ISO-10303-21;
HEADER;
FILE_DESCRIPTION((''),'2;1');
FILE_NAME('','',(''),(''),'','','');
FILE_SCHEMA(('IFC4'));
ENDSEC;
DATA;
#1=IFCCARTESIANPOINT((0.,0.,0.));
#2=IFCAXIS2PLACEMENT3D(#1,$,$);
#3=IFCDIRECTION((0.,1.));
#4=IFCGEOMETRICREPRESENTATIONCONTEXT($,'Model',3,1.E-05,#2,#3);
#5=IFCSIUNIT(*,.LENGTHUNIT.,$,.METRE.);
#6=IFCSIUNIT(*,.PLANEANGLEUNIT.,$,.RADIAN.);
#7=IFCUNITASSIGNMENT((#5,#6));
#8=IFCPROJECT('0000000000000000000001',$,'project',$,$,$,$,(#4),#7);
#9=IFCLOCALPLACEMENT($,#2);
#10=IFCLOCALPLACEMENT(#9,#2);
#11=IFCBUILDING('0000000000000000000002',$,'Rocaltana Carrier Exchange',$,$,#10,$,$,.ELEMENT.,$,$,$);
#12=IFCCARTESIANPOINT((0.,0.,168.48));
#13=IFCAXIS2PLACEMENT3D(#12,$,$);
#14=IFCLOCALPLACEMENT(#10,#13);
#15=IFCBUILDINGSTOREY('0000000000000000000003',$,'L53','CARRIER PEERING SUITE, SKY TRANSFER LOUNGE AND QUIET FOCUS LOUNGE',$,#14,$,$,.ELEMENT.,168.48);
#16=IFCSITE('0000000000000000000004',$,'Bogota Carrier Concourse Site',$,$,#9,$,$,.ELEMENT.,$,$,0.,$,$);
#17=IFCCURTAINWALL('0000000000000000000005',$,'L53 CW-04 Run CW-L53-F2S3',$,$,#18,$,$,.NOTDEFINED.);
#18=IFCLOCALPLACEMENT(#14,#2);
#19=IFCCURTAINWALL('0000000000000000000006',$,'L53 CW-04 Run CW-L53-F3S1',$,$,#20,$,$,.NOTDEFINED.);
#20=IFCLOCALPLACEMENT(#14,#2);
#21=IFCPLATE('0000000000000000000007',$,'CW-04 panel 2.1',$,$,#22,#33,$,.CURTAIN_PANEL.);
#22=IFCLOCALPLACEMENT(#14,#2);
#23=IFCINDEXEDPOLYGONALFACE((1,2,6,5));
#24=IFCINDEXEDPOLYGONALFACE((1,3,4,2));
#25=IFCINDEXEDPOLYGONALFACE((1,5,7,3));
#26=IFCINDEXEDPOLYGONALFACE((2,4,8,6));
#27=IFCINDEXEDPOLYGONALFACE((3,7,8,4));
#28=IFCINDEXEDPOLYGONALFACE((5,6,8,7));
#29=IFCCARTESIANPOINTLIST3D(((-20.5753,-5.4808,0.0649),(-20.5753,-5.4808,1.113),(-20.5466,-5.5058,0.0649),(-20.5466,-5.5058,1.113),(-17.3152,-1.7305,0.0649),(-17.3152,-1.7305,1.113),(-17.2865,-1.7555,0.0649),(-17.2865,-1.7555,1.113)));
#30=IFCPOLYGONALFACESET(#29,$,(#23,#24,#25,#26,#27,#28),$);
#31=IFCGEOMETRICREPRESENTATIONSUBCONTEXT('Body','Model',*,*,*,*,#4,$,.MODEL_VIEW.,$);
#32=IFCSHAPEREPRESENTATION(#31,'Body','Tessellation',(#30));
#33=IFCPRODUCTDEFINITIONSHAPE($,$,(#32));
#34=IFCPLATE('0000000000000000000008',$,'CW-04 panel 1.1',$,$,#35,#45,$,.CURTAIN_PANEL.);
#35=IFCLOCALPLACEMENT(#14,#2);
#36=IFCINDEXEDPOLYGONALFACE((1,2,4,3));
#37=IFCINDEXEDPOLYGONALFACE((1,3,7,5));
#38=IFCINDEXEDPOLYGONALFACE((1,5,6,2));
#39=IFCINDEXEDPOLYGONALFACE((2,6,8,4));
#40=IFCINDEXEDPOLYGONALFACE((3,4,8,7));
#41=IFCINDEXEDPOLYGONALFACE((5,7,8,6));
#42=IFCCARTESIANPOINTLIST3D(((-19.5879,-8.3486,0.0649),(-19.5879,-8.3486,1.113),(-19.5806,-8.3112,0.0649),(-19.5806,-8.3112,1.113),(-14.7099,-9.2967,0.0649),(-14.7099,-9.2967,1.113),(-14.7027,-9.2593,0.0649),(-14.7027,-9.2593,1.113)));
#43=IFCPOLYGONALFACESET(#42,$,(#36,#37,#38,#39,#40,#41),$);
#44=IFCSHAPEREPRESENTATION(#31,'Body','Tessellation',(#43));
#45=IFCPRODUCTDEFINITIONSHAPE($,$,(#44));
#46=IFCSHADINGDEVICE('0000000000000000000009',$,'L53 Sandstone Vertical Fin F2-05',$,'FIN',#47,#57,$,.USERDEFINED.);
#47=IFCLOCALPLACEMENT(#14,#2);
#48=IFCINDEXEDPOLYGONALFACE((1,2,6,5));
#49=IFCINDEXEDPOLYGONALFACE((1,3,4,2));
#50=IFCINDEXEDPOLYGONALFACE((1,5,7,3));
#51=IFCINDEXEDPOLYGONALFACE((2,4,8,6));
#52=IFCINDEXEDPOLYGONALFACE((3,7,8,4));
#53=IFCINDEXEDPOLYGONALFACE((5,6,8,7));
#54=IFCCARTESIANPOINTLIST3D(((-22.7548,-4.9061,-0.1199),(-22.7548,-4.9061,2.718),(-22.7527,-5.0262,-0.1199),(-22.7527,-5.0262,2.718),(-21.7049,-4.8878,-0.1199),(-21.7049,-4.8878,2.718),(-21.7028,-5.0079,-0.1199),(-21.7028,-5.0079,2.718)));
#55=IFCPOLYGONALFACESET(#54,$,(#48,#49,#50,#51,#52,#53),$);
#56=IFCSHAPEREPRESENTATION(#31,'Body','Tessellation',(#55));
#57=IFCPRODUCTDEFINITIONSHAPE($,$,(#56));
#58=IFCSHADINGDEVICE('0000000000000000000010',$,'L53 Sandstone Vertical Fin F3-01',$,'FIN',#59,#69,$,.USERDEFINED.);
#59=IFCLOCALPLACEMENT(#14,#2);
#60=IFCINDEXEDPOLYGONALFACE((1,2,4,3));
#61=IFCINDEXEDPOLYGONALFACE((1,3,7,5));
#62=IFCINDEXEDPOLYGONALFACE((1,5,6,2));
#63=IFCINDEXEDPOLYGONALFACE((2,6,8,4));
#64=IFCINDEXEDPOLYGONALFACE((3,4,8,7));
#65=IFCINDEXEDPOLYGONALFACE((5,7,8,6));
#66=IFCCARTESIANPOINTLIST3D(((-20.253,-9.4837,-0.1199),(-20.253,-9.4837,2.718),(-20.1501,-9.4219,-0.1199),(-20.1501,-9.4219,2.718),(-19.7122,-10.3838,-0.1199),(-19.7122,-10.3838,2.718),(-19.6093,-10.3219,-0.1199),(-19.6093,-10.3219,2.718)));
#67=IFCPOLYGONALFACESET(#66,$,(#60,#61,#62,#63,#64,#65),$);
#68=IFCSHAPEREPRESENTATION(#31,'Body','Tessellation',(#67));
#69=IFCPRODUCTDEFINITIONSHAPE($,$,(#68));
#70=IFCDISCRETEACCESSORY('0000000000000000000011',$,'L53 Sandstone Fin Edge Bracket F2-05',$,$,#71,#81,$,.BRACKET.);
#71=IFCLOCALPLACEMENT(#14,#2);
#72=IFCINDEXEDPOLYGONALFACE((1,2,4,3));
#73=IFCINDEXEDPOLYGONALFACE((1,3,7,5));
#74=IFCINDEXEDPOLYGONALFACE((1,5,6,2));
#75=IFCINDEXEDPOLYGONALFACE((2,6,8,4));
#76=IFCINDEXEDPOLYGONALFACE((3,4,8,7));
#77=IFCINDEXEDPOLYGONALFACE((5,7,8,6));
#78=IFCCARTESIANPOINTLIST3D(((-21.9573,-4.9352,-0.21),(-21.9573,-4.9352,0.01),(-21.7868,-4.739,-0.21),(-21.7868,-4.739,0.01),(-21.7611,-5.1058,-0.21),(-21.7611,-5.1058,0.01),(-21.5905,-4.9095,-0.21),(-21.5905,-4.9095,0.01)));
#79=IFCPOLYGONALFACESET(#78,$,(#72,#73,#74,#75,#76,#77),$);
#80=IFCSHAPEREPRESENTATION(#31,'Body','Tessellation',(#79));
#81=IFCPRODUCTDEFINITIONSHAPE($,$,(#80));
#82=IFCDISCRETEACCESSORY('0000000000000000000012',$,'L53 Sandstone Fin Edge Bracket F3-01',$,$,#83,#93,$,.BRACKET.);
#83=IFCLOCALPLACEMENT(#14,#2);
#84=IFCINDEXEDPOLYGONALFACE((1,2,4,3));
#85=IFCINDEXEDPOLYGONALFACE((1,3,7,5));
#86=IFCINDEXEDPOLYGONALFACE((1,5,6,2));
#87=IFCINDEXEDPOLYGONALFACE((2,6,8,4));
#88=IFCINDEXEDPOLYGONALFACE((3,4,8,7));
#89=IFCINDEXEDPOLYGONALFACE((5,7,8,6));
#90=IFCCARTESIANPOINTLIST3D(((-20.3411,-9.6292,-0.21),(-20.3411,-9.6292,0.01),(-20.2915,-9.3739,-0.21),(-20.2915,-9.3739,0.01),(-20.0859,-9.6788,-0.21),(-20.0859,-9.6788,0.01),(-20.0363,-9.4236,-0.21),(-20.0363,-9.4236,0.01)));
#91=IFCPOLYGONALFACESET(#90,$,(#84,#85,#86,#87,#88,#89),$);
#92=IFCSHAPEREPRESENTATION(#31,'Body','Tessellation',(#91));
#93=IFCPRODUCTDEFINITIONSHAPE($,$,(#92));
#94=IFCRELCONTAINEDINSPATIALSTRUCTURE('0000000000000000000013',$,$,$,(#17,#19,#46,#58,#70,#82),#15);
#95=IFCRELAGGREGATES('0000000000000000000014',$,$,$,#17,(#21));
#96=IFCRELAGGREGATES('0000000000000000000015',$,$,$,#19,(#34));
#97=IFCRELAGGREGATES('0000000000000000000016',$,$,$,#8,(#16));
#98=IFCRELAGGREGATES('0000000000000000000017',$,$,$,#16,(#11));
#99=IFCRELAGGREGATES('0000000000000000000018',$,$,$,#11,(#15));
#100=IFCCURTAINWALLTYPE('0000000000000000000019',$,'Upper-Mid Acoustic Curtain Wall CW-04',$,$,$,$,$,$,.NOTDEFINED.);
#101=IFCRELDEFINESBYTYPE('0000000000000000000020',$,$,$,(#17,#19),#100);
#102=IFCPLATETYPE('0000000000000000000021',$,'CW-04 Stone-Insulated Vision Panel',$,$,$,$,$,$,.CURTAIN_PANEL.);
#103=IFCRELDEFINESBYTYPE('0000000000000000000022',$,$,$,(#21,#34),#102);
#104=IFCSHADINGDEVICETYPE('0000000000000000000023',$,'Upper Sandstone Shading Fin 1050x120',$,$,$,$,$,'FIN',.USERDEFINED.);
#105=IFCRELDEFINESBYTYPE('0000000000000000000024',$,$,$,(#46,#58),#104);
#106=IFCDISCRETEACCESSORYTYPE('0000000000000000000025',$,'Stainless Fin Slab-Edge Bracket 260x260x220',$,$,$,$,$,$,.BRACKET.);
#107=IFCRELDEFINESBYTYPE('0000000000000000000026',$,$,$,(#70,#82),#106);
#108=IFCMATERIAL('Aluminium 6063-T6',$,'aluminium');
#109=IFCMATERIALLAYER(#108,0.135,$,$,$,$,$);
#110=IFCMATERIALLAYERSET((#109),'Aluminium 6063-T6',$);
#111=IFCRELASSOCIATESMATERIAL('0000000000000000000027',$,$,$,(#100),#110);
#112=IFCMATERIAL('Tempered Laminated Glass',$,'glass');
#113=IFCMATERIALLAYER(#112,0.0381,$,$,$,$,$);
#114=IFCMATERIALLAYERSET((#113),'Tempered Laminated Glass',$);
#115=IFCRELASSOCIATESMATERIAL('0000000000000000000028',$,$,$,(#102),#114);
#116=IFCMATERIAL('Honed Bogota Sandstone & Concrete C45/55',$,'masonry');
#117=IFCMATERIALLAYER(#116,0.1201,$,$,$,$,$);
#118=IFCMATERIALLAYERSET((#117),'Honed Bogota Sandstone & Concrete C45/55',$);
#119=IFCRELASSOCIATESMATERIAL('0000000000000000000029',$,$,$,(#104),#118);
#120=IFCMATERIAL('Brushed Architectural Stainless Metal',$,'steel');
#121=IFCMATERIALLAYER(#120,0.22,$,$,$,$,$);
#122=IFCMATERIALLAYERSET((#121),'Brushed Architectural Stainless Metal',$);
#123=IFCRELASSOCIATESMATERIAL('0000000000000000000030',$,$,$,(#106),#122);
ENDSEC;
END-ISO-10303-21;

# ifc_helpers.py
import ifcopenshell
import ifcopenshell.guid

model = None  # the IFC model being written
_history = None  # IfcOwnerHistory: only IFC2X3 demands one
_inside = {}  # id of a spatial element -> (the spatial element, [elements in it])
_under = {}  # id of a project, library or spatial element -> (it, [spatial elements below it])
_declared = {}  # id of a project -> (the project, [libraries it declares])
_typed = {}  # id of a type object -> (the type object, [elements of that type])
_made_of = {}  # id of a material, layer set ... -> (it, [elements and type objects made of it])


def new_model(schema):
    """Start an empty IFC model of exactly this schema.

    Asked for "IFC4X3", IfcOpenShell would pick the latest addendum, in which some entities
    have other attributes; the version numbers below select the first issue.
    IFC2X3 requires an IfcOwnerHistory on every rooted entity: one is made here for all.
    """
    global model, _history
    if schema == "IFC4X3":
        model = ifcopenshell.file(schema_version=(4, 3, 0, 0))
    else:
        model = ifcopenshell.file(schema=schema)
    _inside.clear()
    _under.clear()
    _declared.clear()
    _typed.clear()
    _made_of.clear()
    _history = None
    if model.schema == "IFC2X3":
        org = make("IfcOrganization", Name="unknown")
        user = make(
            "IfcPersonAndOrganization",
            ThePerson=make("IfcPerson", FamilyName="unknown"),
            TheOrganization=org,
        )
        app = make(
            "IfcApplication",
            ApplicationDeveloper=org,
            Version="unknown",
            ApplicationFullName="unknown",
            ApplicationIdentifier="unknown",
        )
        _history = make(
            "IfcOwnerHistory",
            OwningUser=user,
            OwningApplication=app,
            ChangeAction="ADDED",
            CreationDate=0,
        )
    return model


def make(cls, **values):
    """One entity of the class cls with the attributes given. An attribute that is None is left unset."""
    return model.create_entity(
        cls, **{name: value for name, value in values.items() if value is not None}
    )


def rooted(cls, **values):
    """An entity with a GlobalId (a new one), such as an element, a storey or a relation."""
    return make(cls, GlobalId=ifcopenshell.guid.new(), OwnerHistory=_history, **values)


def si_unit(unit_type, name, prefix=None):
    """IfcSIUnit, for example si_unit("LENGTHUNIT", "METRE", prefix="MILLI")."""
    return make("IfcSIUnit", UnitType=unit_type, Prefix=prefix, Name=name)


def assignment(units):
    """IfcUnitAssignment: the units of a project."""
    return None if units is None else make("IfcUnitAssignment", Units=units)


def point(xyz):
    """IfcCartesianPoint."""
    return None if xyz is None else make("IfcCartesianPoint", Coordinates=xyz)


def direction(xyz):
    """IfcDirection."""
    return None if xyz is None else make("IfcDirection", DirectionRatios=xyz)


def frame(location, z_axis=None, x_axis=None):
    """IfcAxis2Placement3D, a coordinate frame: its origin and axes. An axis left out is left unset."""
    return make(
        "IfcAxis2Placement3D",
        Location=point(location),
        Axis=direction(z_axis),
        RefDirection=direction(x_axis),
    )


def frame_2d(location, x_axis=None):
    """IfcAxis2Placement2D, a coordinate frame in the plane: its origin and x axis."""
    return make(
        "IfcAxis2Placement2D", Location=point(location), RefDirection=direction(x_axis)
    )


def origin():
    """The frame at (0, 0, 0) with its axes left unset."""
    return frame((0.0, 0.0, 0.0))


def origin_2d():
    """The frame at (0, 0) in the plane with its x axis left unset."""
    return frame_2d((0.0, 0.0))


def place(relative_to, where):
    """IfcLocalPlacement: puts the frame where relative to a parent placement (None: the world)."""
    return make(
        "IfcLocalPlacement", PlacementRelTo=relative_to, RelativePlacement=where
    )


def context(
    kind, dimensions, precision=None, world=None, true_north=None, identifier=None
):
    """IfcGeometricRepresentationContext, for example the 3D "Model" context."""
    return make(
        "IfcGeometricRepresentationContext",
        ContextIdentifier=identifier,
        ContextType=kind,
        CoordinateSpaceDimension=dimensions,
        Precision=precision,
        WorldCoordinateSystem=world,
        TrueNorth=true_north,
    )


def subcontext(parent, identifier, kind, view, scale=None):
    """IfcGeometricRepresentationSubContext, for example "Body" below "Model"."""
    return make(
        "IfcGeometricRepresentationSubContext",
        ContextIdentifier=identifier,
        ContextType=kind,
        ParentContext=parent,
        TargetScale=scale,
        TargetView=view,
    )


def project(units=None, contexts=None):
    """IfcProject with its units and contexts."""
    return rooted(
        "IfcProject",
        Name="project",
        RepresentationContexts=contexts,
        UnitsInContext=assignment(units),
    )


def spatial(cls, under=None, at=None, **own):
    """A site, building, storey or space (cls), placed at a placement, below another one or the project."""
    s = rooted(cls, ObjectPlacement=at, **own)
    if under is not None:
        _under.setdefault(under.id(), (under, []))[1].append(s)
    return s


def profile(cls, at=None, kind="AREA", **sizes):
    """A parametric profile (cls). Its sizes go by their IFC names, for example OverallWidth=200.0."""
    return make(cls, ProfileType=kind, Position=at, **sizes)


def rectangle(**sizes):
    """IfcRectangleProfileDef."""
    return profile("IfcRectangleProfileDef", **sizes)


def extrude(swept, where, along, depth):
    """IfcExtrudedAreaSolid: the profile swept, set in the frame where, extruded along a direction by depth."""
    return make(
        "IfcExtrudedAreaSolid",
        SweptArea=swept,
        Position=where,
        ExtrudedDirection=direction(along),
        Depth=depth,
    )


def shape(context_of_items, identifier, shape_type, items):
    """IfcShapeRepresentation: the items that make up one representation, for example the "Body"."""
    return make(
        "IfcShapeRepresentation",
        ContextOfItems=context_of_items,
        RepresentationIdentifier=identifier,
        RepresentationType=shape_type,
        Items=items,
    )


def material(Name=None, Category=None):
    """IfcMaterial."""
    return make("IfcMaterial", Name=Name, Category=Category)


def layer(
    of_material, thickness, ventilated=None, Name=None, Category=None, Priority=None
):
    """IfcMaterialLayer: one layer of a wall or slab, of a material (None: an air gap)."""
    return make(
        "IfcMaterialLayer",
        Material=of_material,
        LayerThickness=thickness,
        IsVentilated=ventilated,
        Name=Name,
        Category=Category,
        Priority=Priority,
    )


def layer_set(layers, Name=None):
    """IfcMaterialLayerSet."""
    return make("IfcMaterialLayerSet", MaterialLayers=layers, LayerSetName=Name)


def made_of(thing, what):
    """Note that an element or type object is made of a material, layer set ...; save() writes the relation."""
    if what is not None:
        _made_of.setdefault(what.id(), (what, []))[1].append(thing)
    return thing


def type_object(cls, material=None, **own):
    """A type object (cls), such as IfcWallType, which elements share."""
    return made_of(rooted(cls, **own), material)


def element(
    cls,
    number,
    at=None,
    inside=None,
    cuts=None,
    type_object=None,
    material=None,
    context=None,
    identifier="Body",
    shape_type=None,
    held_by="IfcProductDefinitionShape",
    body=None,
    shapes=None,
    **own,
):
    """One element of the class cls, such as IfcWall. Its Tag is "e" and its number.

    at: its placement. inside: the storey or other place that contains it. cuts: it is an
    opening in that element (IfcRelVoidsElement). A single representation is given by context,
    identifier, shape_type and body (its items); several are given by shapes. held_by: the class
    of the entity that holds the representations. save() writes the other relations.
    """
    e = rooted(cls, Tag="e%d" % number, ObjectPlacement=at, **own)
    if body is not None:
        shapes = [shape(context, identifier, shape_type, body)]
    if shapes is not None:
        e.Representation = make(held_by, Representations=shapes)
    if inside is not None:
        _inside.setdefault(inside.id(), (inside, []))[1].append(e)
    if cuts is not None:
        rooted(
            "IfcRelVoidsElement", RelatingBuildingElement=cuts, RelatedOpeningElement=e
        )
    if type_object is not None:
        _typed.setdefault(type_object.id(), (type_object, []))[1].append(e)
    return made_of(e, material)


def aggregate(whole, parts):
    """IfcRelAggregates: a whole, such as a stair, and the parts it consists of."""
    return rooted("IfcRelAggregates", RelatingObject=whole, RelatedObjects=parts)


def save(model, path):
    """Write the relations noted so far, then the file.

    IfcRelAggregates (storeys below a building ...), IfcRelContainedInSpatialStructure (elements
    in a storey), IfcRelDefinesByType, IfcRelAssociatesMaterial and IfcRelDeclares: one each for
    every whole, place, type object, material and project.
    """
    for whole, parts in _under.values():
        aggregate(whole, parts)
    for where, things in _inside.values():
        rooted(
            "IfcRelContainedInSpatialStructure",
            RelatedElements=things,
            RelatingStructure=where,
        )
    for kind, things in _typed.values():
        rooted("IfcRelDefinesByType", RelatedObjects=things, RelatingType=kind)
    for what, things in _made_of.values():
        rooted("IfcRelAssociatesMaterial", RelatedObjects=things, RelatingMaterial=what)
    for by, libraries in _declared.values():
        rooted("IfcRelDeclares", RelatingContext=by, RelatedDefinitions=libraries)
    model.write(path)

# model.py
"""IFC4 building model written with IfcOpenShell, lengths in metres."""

from ifc_helpers import new_model, si_unit, direction, frame, origin, origin_2d, place, context, subcontext, project, spatial, rectangle, extrude, material, layer, layer_set, type_object, element, aggregate, save


model = new_model("IFC4")

# Units and contexts
model_context = context("Model", 3, precision=1e-05, world=origin(), true_north=direction((0.0, 1.0)))
body_context = subcontext(model_context, "Body", "Model", "MODEL_VIEW")
ifc_project = project(units=[si_unit("LENGTHUNIT", "METRE"), si_unit("PLANEANGLEUNIT", "RADIAN")], contexts=[model_context])

# Site, building, storey
site_placement = place(None, origin())
site = spatial("IfcSite", under=ifc_project, at=site_placement, Name="Bogota Carrier Concourse Site", CompositionType="ELEMENT", RefElevation=0.0)
building_placement = place(site_placement, origin())
building = spatial("IfcBuilding", under=site, at=building_placement, Name="Rocaltana Carrier Exchange", CompositionType="ELEMENT")
storey_placement = place(building_placement, frame((0.0, 0.0, 168.48)))
storey = spatial("IfcBuildingStorey", under=building, at=storey_placement, Name="L53", Description="CARRIER PEERING SUITE, SKY TRANSFER LOUNGE AND QUIET FOCUS LOUNGE", CompositionType="ELEMENT", Elevation=168.48)

# Curtain wall
ifc_material_1 = material(Name="Aluminium 6063-T6", Category="aluminium")
ifc_layer_1 = layer(ifc_material_1, 0.135)
ifc_layer_set_1 = layer_set([ifc_layer_1], Name="Aluminium 6063-T6")
curtain_wall_type = type_object("IfcCurtainWallType", Name="Upper-Mid Acoustic Curtain Wall CW-04", PredefinedType="NOTDEFINED", material=ifc_layer_set_1)
curtain_wall_1_placement = place(storey_placement, origin())
curtain_wall_1 = element("IfcCurtainWall", 1, at=curtain_wall_1_placement, inside=storey, type_object=curtain_wall_type, Name="L53 CW-04 Run CW-L53-F2S3", PredefinedType="NOTDEFINED")

# Curtain wall
curtain_wall_2_placement = place(storey_placement, origin())
curtain_wall_2 = element("IfcCurtainWall", 2, at=curtain_wall_2_placement, inside=storey, type_object=curtain_wall_type, Name="L53 CW-04 Run CW-L53-F3S1", PredefinedType="NOTDEFINED")

# Plates
ifc_material_2 = material(Name="Tempered Laminated Glass", Category="glass")
ifc_layer_2 = layer(ifc_material_2, 0.0381)
ifc_layer_set_2 = layer_set([ifc_layer_2], Name="Tempered Laminated Glass")
plate_type = type_object("IfcPlateType", Name="CW-04 Stone-Insulated Vision Panel", PredefinedType="CURTAIN_PANEL", material=ifc_layer_set_2)
plate_1_placement = place(storey_placement, frame((-18.9309, -3.6182, 0.0649), z_axis=(0.0, 0.0, 1.0), x_axis=(-0.656057, -0.754712, 0.0)))
plate_1 = element("IfcPlate", 3, at=plate_1_placement, type_object=plate_type, Name="CW-04 panel 2.1", PredefinedType="CURTAIN_PANEL", context=body_context, shape_type="SweptSolid", body=[
    extrude(rectangle(XDim=4.9692, YDim=0.0381, at=origin_2d()), origin(), (0.0, 0.0, 1.0), 1.0481),
])
aggregate(curtain_wall_1, [plate_1])
plate_2_placement = place(storey_placement, frame((-17.1453, -8.804, 0.0649), z_axis=(0.0, 0.0, 1.0), x_axis=(0.981628, -0.190803, 0.0)))
plate_2 = element("IfcPlate", 4, at=plate_2_placement, type_object=plate_type, Name="CW-04 panel 1.1", PredefinedType="CURTAIN_PANEL", context=body_context, shape_type="SweptSolid", body=[
    extrude(rectangle(XDim=4.9692, YDim=0.0381, at=origin_2d()), origin(), (0.0, 0.0, 1.0), 1.0481),
])
aggregate(curtain_wall_2, [plate_2])

# Shading devices
ifc_material_3 = material(Name="Honed Bogota Sandstone & Concrete C45/55", Category="masonry")
ifc_layer_3 = layer(ifc_material_3, 0.1201)
ifc_layer_set_3 = layer_set([ifc_layer_3], Name="Honed Bogota Sandstone & Concrete C45/55")
shading_device_type = type_object("IfcShadingDeviceType", Name="Upper Sandstone Shading Fin 1050x120", ElementType="FIN", PredefinedType="USERDEFINED", material=ifc_layer_set_3)
for number, where, z_axis, x_axis, name in (
    (5, (-22.2288, -4.957, -0.1199), (0.0, 0.0, 1.0), (-0.999848, -0.017452, 0.0), "L53 Sandstone Vertical Fin F2-05"),
    (6, (-19.9312, -9.9028, -0.1199), (0.0, 0.0, 1.0), (0.515038, -0.857167, 0.0), "L53 Sandstone Vertical Fin F3-01"),
):
    element("IfcShadingDevice", number, at=place(storey_placement, frame(where, z_axis=z_axis, x_axis=x_axis)), inside=storey, type_object=shading_device_type, Name=name, ObjectType="FIN", PredefinedType="USERDEFINED", context=body_context, shape_type="SweptSolid", body=[
        extrude(rectangle(XDim=1.05, YDim=0.1201, at=origin_2d()), origin(), (0.0, 0.0, 1.0), 2.8379),
    ])

# Discrete accessories
ifc_material_4 = material(Name="Brushed Architectural Stainless Metal", Category="steel")
ifc_layer_4 = layer(ifc_material_4, 0.22)
ifc_layer_set_4 = layer_set([ifc_layer_4], Name="Brushed Architectural Stainless Metal")
discrete_accessory_type = type_object("IfcDiscreteAccessoryType", Name="Stainless Fin Slab-Edge Bracket 260x260x220", PredefinedType="BRACKET", material=ifc_layer_set_4)
for number, where, z_axis, x_axis, name in (
    (7, (-21.7739, -4.9224, -0.21), (0.0, 0.0, 1.0), (-0.656059, -0.75471, 0.0), "L53 Sandstone Fin Edge Bracket F2-05"),
    (8, (-20.1887, -9.5264, -0.21), (0.0, 0.0, 1.0), (0.981627, -0.190809, 0.0), "L53 Sandstone Fin Edge Bracket F3-01"),
):
    element("IfcDiscreteAccessory", number, at=place(storey_placement, frame(where, z_axis=z_axis, x_axis=x_axis)), inside=storey, type_object=discrete_accessory_type, Name=name, PredefinedType="BRACKET", context=body_context, shape_type="SweptSolid", body=[
        extrude(rectangle(XDim=0.26, YDim=0.26, at=origin_2d()), origin(), (0.0, 0.0, 1.0), 0.22),
    ])

save(model, "model.ifc")
